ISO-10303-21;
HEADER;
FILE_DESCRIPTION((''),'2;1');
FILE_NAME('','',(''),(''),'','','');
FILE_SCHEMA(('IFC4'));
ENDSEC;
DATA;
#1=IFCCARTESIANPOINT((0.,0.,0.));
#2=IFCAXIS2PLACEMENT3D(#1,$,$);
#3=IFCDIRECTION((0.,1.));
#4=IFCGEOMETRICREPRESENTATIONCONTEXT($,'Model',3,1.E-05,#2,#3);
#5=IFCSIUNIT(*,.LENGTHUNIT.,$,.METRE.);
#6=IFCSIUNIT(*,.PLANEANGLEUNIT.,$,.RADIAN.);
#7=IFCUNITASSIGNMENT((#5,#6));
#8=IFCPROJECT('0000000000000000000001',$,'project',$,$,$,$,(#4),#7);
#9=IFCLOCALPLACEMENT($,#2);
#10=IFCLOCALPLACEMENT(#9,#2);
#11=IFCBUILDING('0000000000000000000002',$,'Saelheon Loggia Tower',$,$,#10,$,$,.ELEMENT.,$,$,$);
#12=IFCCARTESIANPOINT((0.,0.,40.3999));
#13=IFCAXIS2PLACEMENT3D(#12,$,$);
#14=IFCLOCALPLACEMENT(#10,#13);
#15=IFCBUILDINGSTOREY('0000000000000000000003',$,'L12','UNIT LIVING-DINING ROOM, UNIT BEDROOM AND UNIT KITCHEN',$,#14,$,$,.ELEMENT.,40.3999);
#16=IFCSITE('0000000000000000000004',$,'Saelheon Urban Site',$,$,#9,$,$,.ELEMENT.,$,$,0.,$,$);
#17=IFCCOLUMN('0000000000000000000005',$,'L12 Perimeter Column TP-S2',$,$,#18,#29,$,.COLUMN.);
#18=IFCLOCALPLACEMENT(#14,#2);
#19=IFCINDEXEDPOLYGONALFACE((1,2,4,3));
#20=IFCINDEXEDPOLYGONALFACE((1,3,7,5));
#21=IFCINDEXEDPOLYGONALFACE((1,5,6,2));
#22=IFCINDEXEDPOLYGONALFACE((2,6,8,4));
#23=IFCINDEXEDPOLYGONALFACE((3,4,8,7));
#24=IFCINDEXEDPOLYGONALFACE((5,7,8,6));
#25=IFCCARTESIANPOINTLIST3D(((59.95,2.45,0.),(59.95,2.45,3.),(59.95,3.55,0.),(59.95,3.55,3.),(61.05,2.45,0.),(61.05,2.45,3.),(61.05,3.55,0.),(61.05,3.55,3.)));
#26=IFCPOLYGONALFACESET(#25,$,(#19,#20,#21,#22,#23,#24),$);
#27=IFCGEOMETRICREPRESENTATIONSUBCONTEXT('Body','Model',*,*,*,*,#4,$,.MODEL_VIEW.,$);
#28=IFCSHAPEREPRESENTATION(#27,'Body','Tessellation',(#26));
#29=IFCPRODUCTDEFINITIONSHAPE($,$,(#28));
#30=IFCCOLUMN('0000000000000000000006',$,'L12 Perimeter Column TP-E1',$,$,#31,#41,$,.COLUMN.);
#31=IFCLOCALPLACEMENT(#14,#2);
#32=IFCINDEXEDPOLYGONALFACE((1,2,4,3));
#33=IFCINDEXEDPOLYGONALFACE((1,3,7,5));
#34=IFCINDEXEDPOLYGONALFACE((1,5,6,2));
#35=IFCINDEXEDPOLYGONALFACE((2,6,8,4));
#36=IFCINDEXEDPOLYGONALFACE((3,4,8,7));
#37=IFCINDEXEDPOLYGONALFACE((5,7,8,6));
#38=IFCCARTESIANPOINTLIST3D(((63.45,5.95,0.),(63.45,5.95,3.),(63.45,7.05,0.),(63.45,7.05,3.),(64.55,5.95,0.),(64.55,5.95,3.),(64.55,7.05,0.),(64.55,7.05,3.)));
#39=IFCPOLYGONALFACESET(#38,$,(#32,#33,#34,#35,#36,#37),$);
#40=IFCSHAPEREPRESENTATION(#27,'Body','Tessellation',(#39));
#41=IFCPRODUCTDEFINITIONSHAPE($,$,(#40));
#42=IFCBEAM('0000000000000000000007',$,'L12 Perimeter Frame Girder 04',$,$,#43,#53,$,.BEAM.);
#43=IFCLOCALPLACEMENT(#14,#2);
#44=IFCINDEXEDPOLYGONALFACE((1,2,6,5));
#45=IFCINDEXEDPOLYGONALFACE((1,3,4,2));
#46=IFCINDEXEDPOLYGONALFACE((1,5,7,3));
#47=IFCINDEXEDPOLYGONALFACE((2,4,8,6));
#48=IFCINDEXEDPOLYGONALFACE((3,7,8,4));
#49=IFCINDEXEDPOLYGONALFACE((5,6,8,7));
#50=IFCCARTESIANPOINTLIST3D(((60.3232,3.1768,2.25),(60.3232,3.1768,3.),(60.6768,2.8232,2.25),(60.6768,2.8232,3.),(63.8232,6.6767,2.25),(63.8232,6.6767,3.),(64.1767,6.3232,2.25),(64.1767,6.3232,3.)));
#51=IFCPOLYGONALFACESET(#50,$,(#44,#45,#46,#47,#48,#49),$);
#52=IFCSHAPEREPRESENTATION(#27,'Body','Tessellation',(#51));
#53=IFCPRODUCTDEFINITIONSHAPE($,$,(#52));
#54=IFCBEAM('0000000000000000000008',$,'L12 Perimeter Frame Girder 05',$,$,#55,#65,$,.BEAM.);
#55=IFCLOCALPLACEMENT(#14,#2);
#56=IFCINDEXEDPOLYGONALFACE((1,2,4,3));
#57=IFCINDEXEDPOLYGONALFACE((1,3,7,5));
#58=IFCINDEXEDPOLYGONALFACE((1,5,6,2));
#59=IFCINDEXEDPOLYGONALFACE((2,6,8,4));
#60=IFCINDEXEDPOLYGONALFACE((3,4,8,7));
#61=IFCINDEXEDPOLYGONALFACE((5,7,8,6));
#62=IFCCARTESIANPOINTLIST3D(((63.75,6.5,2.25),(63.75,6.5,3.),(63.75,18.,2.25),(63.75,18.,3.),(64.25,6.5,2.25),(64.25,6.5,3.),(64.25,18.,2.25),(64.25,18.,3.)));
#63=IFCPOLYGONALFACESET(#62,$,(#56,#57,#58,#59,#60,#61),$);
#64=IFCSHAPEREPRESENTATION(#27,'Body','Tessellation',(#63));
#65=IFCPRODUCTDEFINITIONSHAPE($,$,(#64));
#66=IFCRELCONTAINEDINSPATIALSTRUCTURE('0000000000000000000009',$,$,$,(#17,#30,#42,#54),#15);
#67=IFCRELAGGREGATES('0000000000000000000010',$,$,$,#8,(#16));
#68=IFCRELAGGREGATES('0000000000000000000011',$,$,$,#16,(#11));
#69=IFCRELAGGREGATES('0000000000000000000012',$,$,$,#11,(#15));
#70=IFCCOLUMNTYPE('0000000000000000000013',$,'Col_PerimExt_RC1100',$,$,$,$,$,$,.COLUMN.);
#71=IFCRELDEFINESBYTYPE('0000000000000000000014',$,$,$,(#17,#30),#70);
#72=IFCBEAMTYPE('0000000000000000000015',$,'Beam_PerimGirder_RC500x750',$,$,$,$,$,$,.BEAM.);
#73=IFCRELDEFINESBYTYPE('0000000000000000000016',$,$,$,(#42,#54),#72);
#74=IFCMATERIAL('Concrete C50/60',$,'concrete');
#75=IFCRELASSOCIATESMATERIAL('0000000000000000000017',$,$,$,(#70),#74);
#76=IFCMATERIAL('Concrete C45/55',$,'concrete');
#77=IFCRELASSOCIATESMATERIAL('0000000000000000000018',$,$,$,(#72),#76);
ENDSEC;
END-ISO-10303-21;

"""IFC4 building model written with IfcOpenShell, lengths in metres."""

from ifc_helpers import new_model, si_unit, direction, frame, origin, origin_2d, place, context, subcontext, project, spatial, rectangle, extrude, source, transform, mapped, material, material_profile, profile_set, type_object, element, save


model = new_model("IFC4")

# Units and contexts
model_context = context("Model", 3, precision=1e-05, world=origin(), true_north=direction((0.0, 1.0)))
body_context = subcontext(model_context, "Body", "Model", "MODEL_VIEW")
ifc_project = project(units=[si_unit("LENGTHUNIT", "METRE"), si_unit("PLANEANGLEUNIT", "RADIAN")], contexts=[model_context])

# Site, building, storey
site_placement = place(None, origin())
site = spatial("IfcSite", under=ifc_project, at=site_placement, Name="Saelheon Urban Site", CompositionType="ELEMENT", RefElevation=0.0)
building_placement = place(site_placement, origin())
building = spatial("IfcBuilding", under=site, at=building_placement, Name="Saelheon Loggia Tower", CompositionType="ELEMENT")
storey_placement = place(building_placement, frame((0.0, 0.0, 40.3999)))
storey = spatial("IfcBuildingStorey", under=building, at=storey_placement, Name="L12", Description="UNIT LIVING-DINING ROOM, UNIT BEDROOM AND UNIT KITCHEN", CompositionType="ELEMENT", Elevation=40.3999)

# Columns
ifc_material_1 = material(Name="Concrete C50/60", Category="concrete")
ifc_material_profile_1 = material_profile(ifc_material_1, rectangle(XDim=1.1001, YDim=1.1001, at=origin_2d()), Name="RC-1100x1100")
ifc_profile_set_1 = profile_set([ifc_material_profile_1], Name="Concrete C50/60")
column_type = type_object("IfcColumnType", Name="Col_PerimExt_RC1100", PredefinedType="COLUMN", material=ifc_profile_set_1)
shared_shape_1 = source(origin(), body_context, "Body", "SweptSolid", [
    extrude(rectangle(XDim=1.1001, YDim=1.1001, at=origin_2d()), origin(), (0.0, 0.0, 1.0), 3.0),
])
for number, where, z_axis, x_axis, name in (
    (1, (60.5, 3.0, 0.0), (0.0, 0.0, 1.0), (1.0, 0.0, 0.0), "L12 Perimeter Column TP-S2"),
    (2, (64.0, 6.5, 0.0), (0.0, 0.0, 1.0), (1.0, 0.0, 0.0), "L12 Perimeter Column TP-E1"),
):
    element("IfcColumn", number, at=place(storey_placement, frame(where, z_axis=z_axis, x_axis=x_axis)), inside=storey, type_object=column_type, Name=name, PredefinedType="COLUMN", context=body_context, shape_type="MappedRepresentation", body=[
        mapped(shared_shape_1, transform((0.0, 0.0, 0.0), scale=1.0)),
    ])

# Beams
ifc_material_2 = material(Name="Concrete C45/55", Category="concrete")
ifc_material_profile_2 = material_profile(ifc_material_2, rectangle(XDim=0.5, YDim=0.75, at=origin_2d()), Name="RC-500x750")
ifc_profile_set_2 = profile_set([ifc_material_profile_2], Name="Concrete C45/55")
beam_type = type_object("IfcBeamType", Name="Beam_PerimGirder_RC500x750", PredefinedType="BEAM", material=ifc_profile_set_2)
shared_shape_2 = source(origin(), body_context, "Body", "SweptSolid", [
    extrude(rectangle(XDim=0.5, YDim=0.75, at=origin_2d()), origin(), (0.0, 0.0, 1.0), 4.9497),
])
beam_1_placement = place(storey_placement, frame((60.5, 3.0, 2.625), z_axis=(0.707107, 0.707107, 0.0), x_axis=(-0.707107, 0.707107, 0.0)))
element("IfcBeam", 3, at=beam_1_placement, inside=storey, type_object=beam_type, Name="L12 Perimeter Frame Girder 04", PredefinedType="BEAM", context=body_context, shape_type="MappedRepresentation", body=[
    mapped(shared_shape_2, transform((0.0, 0.0, 0.0), scale=1.0)),
])
shared_shape_3 = source(origin(), body_context, "Body", "SweptSolid", [
    extrude(rectangle(XDim=0.5, YDim=0.75, at=origin_2d()), origin(), (0.0, 0.0, 1.0), 11.5),
])
beam_2_placement = place(storey_placement, frame((64.0, 6.5, 2.625), z_axis=(0.0, 1.0, 0.0), x_axis=(-1.0, 0.0, 0.0)))
element("IfcBeam", 4, at=beam_2_placement, inside=storey, type_object=beam_type, Name="L12 Perimeter Frame Girder 05", PredefinedType="BEAM", context=body_context, shape_type="MappedRepresentation", body=[
    mapped(shared_shape_3, transform((0.0, 0.0, 0.0), scale=1.0)),
])

save(model, "model.ifc")
